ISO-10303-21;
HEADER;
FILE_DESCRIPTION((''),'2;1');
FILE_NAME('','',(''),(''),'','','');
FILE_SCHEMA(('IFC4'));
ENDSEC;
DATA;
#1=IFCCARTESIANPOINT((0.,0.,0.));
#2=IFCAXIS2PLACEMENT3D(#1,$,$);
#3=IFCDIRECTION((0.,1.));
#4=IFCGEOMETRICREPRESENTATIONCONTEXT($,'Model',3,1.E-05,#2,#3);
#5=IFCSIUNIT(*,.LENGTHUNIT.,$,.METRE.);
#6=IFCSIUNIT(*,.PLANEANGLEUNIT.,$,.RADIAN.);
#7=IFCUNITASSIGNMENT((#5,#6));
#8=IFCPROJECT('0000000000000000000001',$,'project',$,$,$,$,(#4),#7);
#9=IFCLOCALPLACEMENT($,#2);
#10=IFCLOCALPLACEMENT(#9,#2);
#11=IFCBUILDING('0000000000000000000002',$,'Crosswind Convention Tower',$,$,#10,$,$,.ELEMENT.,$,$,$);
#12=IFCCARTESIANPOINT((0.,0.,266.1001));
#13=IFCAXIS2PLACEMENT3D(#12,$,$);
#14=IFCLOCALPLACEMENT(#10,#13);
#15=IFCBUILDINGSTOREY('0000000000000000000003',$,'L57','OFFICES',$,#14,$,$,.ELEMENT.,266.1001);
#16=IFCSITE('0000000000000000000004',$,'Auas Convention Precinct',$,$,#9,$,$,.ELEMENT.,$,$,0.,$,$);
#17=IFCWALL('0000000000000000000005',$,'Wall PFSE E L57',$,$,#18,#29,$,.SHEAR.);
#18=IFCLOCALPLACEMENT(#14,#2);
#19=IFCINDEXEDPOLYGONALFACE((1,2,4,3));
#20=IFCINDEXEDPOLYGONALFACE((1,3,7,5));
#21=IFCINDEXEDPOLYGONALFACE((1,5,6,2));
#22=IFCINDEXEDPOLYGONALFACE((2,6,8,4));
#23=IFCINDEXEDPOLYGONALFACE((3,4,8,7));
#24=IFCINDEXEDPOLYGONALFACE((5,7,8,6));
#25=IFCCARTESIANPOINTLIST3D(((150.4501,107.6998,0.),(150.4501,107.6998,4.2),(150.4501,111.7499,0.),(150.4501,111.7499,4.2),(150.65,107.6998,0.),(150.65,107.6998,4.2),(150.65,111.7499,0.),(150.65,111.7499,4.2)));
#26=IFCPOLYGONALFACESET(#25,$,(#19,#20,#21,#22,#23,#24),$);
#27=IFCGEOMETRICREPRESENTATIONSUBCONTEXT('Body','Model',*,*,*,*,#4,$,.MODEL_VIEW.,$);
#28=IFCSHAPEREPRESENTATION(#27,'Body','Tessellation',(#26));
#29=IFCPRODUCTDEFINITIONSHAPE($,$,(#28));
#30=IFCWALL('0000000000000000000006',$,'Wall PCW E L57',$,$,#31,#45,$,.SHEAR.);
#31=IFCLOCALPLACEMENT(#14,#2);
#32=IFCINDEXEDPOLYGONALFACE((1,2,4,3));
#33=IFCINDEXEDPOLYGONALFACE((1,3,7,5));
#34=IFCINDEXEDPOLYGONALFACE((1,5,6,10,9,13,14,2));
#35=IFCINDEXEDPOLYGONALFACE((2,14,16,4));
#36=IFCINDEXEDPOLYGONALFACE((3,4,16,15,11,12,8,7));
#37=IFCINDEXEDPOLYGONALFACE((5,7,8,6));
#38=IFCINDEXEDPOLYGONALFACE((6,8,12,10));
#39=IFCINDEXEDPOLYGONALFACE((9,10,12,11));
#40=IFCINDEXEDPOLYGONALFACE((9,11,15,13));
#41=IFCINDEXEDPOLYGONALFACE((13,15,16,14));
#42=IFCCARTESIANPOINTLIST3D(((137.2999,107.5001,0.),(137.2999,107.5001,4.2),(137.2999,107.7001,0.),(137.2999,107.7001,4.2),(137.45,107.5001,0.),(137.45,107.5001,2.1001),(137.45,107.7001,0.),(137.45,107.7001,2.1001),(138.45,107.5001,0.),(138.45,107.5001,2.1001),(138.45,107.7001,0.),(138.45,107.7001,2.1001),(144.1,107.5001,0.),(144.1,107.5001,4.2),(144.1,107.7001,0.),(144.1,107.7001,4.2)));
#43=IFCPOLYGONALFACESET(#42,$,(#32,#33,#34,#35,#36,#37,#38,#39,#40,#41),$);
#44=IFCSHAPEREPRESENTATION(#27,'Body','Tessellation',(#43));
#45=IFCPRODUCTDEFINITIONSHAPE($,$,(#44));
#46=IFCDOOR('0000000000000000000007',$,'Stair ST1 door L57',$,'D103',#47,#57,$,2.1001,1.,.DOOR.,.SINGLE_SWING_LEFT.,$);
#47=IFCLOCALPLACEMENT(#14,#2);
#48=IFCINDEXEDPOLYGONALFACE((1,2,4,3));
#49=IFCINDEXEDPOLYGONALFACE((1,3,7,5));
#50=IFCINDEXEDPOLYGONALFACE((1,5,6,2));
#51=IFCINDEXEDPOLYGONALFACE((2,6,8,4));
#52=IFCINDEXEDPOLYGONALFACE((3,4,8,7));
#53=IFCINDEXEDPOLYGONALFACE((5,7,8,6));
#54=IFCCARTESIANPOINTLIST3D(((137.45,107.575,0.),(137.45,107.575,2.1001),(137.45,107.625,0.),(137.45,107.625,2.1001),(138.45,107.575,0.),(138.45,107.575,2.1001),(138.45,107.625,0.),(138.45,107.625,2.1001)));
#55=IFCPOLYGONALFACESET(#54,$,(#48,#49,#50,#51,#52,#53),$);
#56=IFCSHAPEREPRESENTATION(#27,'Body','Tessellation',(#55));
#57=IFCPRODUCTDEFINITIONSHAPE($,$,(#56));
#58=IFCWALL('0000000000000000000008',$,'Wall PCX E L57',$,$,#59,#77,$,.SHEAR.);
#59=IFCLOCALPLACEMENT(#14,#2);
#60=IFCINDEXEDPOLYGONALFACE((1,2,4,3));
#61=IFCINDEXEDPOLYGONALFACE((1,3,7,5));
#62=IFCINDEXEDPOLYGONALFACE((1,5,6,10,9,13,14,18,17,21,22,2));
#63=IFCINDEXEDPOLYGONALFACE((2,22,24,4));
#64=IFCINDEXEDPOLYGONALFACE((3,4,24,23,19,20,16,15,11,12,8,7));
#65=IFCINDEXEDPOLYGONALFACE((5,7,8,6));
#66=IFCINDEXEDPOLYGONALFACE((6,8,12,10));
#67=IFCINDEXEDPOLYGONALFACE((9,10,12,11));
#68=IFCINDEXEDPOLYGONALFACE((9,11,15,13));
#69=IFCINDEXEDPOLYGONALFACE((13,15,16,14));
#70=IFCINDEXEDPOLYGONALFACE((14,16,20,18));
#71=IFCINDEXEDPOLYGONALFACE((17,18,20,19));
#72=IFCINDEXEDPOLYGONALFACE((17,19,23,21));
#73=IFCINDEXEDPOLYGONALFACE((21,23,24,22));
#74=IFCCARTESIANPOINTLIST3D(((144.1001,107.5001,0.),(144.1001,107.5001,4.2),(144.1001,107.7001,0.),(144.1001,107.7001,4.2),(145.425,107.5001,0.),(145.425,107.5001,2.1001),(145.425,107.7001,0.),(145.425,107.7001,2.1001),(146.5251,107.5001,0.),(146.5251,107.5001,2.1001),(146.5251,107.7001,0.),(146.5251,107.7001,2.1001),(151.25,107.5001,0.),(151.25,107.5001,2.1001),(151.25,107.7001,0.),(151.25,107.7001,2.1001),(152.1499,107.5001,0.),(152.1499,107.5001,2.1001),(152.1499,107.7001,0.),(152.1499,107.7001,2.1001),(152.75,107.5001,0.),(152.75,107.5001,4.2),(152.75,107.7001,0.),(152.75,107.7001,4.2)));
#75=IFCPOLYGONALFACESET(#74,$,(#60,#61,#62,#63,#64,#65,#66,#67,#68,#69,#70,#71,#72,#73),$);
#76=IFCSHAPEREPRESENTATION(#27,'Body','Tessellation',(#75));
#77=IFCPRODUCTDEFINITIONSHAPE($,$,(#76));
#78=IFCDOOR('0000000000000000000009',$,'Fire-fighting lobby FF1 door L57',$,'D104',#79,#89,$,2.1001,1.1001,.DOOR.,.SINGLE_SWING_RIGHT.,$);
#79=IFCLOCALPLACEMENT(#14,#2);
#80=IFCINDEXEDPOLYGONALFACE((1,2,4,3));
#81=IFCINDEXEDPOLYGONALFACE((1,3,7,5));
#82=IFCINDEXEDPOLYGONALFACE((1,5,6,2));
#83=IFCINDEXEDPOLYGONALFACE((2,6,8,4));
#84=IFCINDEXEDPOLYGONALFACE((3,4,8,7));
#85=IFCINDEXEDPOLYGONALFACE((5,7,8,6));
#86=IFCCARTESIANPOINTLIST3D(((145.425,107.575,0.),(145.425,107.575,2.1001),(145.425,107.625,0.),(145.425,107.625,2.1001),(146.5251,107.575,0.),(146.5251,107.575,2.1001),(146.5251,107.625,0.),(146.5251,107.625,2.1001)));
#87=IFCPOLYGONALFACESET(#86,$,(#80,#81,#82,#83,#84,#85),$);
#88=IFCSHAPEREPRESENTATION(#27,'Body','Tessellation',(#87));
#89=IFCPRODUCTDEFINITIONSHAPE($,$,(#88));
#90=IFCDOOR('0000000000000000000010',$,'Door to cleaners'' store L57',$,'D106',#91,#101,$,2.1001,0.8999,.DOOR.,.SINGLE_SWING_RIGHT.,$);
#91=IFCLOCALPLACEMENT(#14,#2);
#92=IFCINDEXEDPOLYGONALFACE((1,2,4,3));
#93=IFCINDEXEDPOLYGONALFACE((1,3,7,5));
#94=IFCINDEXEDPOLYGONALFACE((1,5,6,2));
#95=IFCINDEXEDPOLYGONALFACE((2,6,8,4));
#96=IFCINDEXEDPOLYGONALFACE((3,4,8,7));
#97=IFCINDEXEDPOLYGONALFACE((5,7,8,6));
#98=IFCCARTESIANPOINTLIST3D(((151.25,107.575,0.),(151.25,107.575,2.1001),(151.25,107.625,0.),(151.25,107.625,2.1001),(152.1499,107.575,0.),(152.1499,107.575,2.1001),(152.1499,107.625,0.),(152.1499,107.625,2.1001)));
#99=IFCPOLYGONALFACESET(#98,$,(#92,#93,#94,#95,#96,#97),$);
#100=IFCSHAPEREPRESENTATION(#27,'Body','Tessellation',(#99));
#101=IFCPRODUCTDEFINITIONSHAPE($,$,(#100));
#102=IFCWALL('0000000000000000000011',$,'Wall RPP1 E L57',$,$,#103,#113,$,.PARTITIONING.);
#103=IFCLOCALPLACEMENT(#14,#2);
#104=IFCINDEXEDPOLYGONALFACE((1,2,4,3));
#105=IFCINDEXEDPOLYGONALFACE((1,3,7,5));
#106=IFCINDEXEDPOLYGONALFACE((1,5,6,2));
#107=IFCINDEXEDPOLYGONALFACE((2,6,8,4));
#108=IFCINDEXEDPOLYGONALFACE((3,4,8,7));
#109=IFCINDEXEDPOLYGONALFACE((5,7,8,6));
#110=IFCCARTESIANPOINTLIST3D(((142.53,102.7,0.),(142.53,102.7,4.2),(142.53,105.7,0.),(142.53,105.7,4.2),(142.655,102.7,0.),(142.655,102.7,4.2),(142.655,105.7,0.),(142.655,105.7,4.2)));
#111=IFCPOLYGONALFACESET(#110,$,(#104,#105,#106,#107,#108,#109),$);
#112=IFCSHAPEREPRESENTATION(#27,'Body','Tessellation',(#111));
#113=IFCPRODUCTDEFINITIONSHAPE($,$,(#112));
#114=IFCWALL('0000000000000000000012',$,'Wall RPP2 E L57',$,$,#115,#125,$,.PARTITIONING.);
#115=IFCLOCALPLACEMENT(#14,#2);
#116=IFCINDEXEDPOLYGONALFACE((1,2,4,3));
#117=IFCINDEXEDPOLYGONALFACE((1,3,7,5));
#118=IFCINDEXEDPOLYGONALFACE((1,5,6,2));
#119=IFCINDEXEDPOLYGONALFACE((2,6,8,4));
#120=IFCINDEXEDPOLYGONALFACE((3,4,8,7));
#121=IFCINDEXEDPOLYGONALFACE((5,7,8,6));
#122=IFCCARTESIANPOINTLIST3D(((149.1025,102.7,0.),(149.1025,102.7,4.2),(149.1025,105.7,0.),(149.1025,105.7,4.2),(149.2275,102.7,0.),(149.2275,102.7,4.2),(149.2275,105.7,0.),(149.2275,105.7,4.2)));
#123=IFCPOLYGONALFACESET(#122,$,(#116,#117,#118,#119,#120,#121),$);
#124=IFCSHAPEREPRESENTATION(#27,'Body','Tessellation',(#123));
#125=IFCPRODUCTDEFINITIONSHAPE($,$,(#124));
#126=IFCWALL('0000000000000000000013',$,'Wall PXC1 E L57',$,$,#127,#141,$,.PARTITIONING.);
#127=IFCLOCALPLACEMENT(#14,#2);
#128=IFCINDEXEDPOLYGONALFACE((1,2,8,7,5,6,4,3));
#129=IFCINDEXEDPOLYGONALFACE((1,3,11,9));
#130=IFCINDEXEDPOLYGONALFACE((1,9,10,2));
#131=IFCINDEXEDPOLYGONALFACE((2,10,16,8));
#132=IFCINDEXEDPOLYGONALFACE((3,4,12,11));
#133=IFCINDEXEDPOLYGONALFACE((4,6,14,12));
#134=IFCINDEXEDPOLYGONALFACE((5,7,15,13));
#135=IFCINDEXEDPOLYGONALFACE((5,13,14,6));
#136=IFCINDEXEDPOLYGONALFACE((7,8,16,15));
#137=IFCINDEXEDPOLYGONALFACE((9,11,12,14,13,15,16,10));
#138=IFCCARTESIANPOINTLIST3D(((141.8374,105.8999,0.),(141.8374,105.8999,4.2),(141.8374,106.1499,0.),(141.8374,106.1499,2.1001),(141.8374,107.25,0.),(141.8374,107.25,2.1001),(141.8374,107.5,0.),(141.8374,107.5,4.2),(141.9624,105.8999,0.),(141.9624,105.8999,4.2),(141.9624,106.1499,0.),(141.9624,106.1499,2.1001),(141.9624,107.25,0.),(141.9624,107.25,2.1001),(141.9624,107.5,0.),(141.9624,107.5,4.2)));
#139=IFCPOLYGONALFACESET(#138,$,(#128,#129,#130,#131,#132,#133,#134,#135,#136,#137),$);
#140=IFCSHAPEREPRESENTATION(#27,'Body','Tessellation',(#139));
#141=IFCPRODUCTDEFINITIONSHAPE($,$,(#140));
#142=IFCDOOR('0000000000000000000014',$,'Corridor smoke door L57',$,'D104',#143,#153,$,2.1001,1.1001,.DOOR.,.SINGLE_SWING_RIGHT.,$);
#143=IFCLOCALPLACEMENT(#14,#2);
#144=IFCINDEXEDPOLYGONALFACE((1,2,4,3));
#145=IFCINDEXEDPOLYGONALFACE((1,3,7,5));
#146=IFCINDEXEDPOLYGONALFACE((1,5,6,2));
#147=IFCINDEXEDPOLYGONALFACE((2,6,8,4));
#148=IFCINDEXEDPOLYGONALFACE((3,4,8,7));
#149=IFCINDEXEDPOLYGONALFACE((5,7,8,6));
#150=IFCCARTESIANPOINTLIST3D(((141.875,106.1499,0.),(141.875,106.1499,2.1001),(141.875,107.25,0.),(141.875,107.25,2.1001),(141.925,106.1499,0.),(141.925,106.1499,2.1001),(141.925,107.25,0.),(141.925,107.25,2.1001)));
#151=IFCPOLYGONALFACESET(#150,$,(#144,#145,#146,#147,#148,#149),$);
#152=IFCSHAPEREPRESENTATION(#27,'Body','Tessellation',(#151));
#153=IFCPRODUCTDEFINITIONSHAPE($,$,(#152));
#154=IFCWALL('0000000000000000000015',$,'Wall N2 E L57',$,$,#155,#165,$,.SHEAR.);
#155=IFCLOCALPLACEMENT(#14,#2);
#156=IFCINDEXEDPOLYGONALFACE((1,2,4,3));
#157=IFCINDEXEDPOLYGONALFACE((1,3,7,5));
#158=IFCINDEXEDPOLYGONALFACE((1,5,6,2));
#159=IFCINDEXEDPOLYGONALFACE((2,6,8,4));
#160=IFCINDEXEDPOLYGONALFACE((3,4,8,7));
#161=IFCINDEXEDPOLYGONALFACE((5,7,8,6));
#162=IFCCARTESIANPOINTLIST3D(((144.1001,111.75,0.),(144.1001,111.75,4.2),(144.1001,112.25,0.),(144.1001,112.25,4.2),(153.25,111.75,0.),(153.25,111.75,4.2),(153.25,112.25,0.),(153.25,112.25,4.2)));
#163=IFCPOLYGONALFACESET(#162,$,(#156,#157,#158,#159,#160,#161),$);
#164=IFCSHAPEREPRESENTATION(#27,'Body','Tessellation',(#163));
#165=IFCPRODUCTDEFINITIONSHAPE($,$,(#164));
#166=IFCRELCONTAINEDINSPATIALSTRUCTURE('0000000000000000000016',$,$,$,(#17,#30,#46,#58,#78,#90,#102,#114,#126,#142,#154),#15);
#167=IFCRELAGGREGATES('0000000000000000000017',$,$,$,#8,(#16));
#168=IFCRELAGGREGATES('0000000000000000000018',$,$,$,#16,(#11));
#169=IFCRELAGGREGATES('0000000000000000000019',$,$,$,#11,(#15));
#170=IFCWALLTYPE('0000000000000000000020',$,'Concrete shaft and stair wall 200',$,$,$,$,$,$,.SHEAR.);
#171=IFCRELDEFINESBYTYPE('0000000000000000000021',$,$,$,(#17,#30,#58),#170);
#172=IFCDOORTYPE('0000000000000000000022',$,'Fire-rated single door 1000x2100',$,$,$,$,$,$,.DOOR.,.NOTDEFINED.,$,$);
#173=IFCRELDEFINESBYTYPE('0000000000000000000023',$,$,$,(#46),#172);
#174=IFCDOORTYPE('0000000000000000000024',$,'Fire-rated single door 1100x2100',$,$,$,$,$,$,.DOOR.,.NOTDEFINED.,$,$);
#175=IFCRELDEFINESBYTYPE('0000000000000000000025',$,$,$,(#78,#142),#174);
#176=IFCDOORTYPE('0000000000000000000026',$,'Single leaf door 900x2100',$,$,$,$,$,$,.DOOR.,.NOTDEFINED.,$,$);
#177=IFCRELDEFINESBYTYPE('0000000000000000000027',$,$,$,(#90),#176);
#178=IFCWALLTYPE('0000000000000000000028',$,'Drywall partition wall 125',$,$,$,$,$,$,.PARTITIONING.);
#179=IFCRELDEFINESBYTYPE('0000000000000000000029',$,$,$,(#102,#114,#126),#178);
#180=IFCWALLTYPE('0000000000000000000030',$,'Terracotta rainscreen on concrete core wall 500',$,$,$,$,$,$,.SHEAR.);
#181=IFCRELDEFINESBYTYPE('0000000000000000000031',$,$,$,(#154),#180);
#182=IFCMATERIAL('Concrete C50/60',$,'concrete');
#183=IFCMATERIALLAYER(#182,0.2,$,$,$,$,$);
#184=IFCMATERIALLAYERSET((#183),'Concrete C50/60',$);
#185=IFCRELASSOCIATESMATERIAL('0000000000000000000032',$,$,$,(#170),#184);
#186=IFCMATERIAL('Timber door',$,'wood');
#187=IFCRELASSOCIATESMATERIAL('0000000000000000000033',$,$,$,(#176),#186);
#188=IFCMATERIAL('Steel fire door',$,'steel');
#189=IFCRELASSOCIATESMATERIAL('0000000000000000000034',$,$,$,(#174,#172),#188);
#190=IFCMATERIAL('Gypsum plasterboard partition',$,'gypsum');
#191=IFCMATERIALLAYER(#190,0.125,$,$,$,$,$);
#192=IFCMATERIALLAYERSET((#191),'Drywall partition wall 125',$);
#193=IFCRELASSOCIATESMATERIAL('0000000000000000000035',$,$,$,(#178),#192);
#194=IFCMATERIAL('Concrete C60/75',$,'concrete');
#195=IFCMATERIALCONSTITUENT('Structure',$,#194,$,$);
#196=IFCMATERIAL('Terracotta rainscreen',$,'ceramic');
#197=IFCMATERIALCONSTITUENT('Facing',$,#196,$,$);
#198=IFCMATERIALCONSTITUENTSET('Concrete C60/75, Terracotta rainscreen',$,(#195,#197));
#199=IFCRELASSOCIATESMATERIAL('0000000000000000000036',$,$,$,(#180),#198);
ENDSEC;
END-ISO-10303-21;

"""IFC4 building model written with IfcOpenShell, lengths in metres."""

from ifc_helpers import new_model, si_unit, direction, frame, frame_2d, origin, place, context, subcontext, project, spatial, rectangle, extrude, material, layer, layer_set, constituent, constituent_set, type_object, element, fill, save


model = new_model("IFC4")

# Units and contexts
model_context = context("Model", 3, precision=1e-05, world=origin(), true_north=direction((0.0, 1.0)))
body_context = subcontext(model_context, "Body", "Model", "MODEL_VIEW")
ifc_project = project(units=[si_unit("LENGTHUNIT", "METRE"), si_unit("PLANEANGLEUNIT", "RADIAN")], contexts=[model_context])

# Site, building, storey
site_placement = place(None, origin())
site = spatial("IfcSite", under=ifc_project, at=site_placement, Name="Auas Convention Precinct", CompositionType="ELEMENT", RefElevation=0.0)
building_placement = place(site_placement, origin())
building = spatial("IfcBuilding", under=site, at=building_placement, Name="Crosswind Convention Tower", CompositionType="ELEMENT")
storey_placement = place(building_placement, frame((0.0, 0.0, 266.1001)))
storey = spatial("IfcBuildingStorey", under=building, at=storey_placement, Name="L57", Description="OFFICES", CompositionType="ELEMENT", Elevation=266.1001)

# Shared definitions
ifc_material_1 = material(Name="Concrete C50/60", Category="concrete")
ifc_layer_1 = layer(ifc_material_1, 0.2)
ifc_layer_set_1 = layer_set([ifc_layer_1], Name="Concrete C50/60")
wall_type_1 = type_object("IfcWallType", Name="Concrete shaft and stair wall 200", PredefinedType="SHEAR", material=ifc_layer_set_1)

# Shared definitions
ifc_material_2 = material(Name="Timber door", Category="wood")
door_type_1 = type_object("IfcDoorType", Name="Single leaf door 900x2100", OperationType="NOTDEFINED", PredefinedType="DOOR", material=ifc_material_2)

# Shared definitions
ifc_material_3 = material(Name="Steel fire door", Category="steel")
door_type_2 = type_object("IfcDoorType", Name="Fire-rated single door 1100x2100", OperationType="NOTDEFINED", PredefinedType="DOOR", material=ifc_material_3)

# Wall
wall_1_placement = place(storey_placement, frame((150.55, 107.7, 0.0), z_axis=(0.0, 0.0, 1.0), x_axis=(0.0, 1.0, 0.0)))
element("IfcWall", 1, at=wall_1_placement, inside=storey, type_object=wall_type_1, Name="Wall PFSE E L57", PredefinedType="SHEAR", context=body_context, shape_type="SweptSolid", body=[
    extrude(rectangle(XDim=4.05, YDim=0.2, at=frame_2d((2.0249, 0.0))), origin(), (0.0, 0.0, 1.0), 4.2),
])

# Wall, opening, door
wall_2_placement = place(storey_placement, frame((137.3, 107.6001, 0.0), z_axis=(0.0, 0.0, 1.0), x_axis=(1.0, 0.0, 0.0)))
wall_2 = element("IfcWall", 2, at=wall_2_placement, inside=storey, type_object=wall_type_1, Name="Wall PCW E L57", PredefinedType="SHEAR", context=body_context, shape_type="SweptSolid", body=[
    extrude(rectangle(XDim=6.8, YDim=0.2, at=frame_2d((3.3999, 0.0))), origin(), (0.0, 0.0, 1.0), 4.2),
])
opening_1_placement = place(wall_2_placement, frame((0.1499, 0.0, 0.0)))
opening_1 = element("IfcOpeningElement", 3, at=opening_1_placement, cuts=wall_2, PredefinedType="OPENING", context=body_context, shape_type="SweptSolid", body=[
    extrude(rectangle(XDim=1.0, YDim=2.1001, at=frame_2d((0.5, 1.05))), frame((0.0, 0.1099, 0.0), z_axis=(0.0, -1.0, 0.0), x_axis=(1.0, 0.0, 0.0)), (0.0, 0.0, 1.0), 0.22),
])
door_type_3 = type_object("IfcDoorType", Name="Fire-rated single door 1000x2100", OperationType="NOTDEFINED", PredefinedType="DOOR", material=ifc_material_3)
door_1_placement = place(opening_1_placement, origin())
door_1 = element("IfcDoor", 4, at=door_1_placement, inside=storey, type_object=door_type_3, Name="Stair ST1 door L57", ObjectType="D103", OperationType="SINGLE_SWING_LEFT", OverallHeight=2.1001, OverallWidth=1.0, PredefinedType="DOOR", context=body_context, shape_type="SweptSolid", body=[
    extrude(rectangle(XDim=1.0, YDim=2.1001, at=frame_2d((0.5, 1.05))), frame((0.0, 0.0249, 0.0), z_axis=(0.0, -1.0, 0.0), x_axis=(1.0, 0.0, 0.0)), (0.0, 0.0, 1.0), 0.05),
])
fill(opening_1, door_1)

# Wall, openings, doors
wall_3_placement = place(storey_placement, frame((144.1001, 107.6001, 0.0), z_axis=(0.0, 0.0, 1.0), x_axis=(1.0, 0.0, 0.0)))
wall_3 = element("IfcWall", 5, at=wall_3_placement, inside=storey, type_object=wall_type_1, Name="Wall PCX E L57", PredefinedType="SHEAR", context=body_context, shape_type="SweptSolid", body=[
    extrude(rectangle(XDim=8.6499, YDim=0.2, at=frame_2d((4.325, 0.0))), origin(), (0.0, 0.0, 1.0), 4.2),
])
opening_2_placement = place(wall_3_placement, frame((1.325, 0.0, 0.0)))
opening_2 = element("IfcOpeningElement", 6, at=opening_2_placement, cuts=wall_3, PredefinedType="OPENING", context=body_context, shape_type="SweptSolid", body=[
    extrude(rectangle(XDim=1.1001, YDim=2.1001, at=frame_2d((0.55, 1.05))), frame((0.0, 0.1099, 0.0), z_axis=(0.0, -1.0, 0.0), x_axis=(1.0, 0.0, 0.0)), (0.0, 0.0, 1.0), 0.22),
])
opening_3_placement = place(wall_3_placement, frame((7.1499, 0.0, 0.0)))
opening_3 = element("IfcOpeningElement", 7, at=opening_3_placement, cuts=wall_3, PredefinedType="OPENING", context=body_context, shape_type="SweptSolid", body=[
    extrude(rectangle(XDim=0.8999, YDim=2.1001, at=frame_2d((0.45, 1.05))), frame((0.0, 0.1099, 0.0), z_axis=(0.0, -1.0, 0.0), x_axis=(1.0, 0.0, 0.0)), (0.0, 0.0, 1.0), 0.22),
])
door_2_placement = place(opening_2_placement, origin())
door_2 = element("IfcDoor", 8, at=door_2_placement, inside=storey, type_object=door_type_2, Name="Fire-fighting lobby FF1 door L57", ObjectType="D104", OperationType="SINGLE_SWING_RIGHT", OverallHeight=2.1001, OverallWidth=1.1001, PredefinedType="DOOR", context=body_context, shape_type="SweptSolid", body=[
    extrude(rectangle(XDim=1.1001, YDim=2.1001, at=frame_2d((0.55, 1.05))), frame((0.0, 0.0249, 0.0), z_axis=(0.0, -1.0, 0.0), x_axis=(1.0, 0.0, 0.0)), (0.0, 0.0, 1.0), 0.05),
])
fill(opening_2, door_2)
door_3_placement = place(opening_3_placement, origin())
door_3 = element("IfcDoor", 9, at=door_3_placement, inside=storey, type_object=door_type_1, Name="Door to cleaners' store L57", ObjectType="D106", OperationType="SINGLE_SWING_RIGHT", OverallHeight=2.1001, OverallWidth=0.8999, PredefinedType="DOOR", context=body_context, shape_type="SweptSolid", body=[
    extrude(rectangle(XDim=0.8999, YDim=2.1001, at=frame_2d((0.45, 1.05))), frame((0.0, 0.0249, 0.0), z_axis=(0.0, -1.0, 0.0), x_axis=(1.0, 0.0, 0.0)), (0.0, 0.0, 1.0), 0.05),
])
fill(opening_3, door_3)

# Walls
ifc_material_4 = material(Name="Gypsum plasterboard partition", Category="gypsum")
ifc_layer_2 = layer(ifc_material_4, 0.125)
ifc_layer_set_2 = layer_set([ifc_layer_2], Name="Drywall partition wall 125")
wall_type_2 = type_object("IfcWallType", Name="Drywall partition wall 125", PredefinedType="PARTITIONING", material=ifc_layer_set_2)
for number, where, z_axis, x_axis, name in (
    (10, (142.5925, 102.7, 0.0), (0.0, 0.0, 1.0), (0.0, 1.0, 0.0), "Wall RPP1 E L57"),
    (11, (149.165, 102.7, 0.0), (0.0, 0.0, 1.0), (0.0, 1.0, 0.0), "Wall RPP2 E L57"),
):
    element("IfcWall", number, at=place(storey_placement, frame(where, z_axis=z_axis, x_axis=x_axis)), inside=storey, type_object=wall_type_2, Name=name, PredefinedType="PARTITIONING", context=body_context, shape_type="SweptSolid", body=[
        extrude(rectangle(XDim=3.0, YDim=0.125, at=frame_2d((1.5, 0.0))), origin(), (0.0, 0.0, 1.0), 4.2),
    ])

# Wall, opening, door
wall_4_placement = place(storey_placement, frame((141.8999, 105.8999, 0.0), z_axis=(0.0, 0.0, 1.0), x_axis=(0.0, 1.0, 0.0)))
wall_4 = element("IfcWall", 12, at=wall_4_placement, inside=storey, type_object=wall_type_2, Name="Wall PXC1 E L57", PredefinedType="PARTITIONING", context=body_context, shape_type="SweptSolid", body=[
    extrude(rectangle(XDim=1.6001, YDim=0.125, at=frame_2d((0.8, 0.0))), origin(), (0.0, 0.0, 1.0), 4.2),
])
opening_4_placement = place(wall_4_placement, frame((0.25, 0.0, 0.0)))
opening_4 = element("IfcOpeningElement", 13, at=opening_4_placement, cuts=wall_4, PredefinedType="OPENING", context=body_context, shape_type="SweptSolid", body=[
    extrude(rectangle(XDim=1.1001, YDim=2.1001, at=frame_2d((0.55, 1.05))), frame((0.0, 0.0725, 0.0), z_axis=(0.0, -1.0, 0.0), x_axis=(1.0, 0.0, 0.0)), (0.0, 0.0, 1.0), 0.145),
])
door_4_placement = place(opening_4_placement, origin())
door_4 = element("IfcDoor", 14, at=door_4_placement, inside=storey, type_object=door_type_2, Name="Corridor smoke door L57", ObjectType="D104", OperationType="SINGLE_SWING_RIGHT", OverallHeight=2.1001, OverallWidth=1.1001, PredefinedType="DOOR", context=body_context, shape_type="SweptSolid", body=[
    extrude(rectangle(XDim=1.1001, YDim=2.1001, at=frame_2d((0.55, 1.05))), frame((0.0, 0.0249, 0.0), z_axis=(0.0, -1.0, 0.0), x_axis=(1.0, 0.0, 0.0)), (0.0, 0.0, 1.0), 0.05),
])
fill(opening_4, door_4)

# Wall
ifc_material_5 = material(Name="Concrete C60/75", Category="concrete")
ifc_constituent_1 = constituent(ifc_material_5, Name="Structure")
ifc_material_6 = material(Name="Terracotta rainscreen", Category="ceramic")
ifc_constituent_2 = constituent(ifc_material_6, Name="Facing")
ifc_constituent_set = constituent_set(constituents=[ifc_constituent_1, ifc_constituent_2], Name="Concrete C60/75, Terracotta rainscreen")
wall_type_3 = type_object("IfcWallType", Name="Terracotta rainscreen on concrete core wall 500", PredefinedType="SHEAR", material=ifc_constituent_set)
wall_5_placement = place(storey_placement, frame((144.1001, 112.0, 0.0), z_axis=(0.0, 0.0, 1.0), x_axis=(1.0, 0.0, 0.0)))
element("IfcWall", 15, at=wall_5_placement, inside=storey, type_object=wall_type_3, Name="Wall N2 E L57", PredefinedType="SHEAR", context=body_context, shape_type="SweptSolid", body=[
    extrude(rectangle(XDim=9.1499, YDim=0.5, at=frame_2d((4.575, 0.0))), origin(), (0.0, 0.0, 1.0), 4.2),
])

save(model, "model.ifc")
